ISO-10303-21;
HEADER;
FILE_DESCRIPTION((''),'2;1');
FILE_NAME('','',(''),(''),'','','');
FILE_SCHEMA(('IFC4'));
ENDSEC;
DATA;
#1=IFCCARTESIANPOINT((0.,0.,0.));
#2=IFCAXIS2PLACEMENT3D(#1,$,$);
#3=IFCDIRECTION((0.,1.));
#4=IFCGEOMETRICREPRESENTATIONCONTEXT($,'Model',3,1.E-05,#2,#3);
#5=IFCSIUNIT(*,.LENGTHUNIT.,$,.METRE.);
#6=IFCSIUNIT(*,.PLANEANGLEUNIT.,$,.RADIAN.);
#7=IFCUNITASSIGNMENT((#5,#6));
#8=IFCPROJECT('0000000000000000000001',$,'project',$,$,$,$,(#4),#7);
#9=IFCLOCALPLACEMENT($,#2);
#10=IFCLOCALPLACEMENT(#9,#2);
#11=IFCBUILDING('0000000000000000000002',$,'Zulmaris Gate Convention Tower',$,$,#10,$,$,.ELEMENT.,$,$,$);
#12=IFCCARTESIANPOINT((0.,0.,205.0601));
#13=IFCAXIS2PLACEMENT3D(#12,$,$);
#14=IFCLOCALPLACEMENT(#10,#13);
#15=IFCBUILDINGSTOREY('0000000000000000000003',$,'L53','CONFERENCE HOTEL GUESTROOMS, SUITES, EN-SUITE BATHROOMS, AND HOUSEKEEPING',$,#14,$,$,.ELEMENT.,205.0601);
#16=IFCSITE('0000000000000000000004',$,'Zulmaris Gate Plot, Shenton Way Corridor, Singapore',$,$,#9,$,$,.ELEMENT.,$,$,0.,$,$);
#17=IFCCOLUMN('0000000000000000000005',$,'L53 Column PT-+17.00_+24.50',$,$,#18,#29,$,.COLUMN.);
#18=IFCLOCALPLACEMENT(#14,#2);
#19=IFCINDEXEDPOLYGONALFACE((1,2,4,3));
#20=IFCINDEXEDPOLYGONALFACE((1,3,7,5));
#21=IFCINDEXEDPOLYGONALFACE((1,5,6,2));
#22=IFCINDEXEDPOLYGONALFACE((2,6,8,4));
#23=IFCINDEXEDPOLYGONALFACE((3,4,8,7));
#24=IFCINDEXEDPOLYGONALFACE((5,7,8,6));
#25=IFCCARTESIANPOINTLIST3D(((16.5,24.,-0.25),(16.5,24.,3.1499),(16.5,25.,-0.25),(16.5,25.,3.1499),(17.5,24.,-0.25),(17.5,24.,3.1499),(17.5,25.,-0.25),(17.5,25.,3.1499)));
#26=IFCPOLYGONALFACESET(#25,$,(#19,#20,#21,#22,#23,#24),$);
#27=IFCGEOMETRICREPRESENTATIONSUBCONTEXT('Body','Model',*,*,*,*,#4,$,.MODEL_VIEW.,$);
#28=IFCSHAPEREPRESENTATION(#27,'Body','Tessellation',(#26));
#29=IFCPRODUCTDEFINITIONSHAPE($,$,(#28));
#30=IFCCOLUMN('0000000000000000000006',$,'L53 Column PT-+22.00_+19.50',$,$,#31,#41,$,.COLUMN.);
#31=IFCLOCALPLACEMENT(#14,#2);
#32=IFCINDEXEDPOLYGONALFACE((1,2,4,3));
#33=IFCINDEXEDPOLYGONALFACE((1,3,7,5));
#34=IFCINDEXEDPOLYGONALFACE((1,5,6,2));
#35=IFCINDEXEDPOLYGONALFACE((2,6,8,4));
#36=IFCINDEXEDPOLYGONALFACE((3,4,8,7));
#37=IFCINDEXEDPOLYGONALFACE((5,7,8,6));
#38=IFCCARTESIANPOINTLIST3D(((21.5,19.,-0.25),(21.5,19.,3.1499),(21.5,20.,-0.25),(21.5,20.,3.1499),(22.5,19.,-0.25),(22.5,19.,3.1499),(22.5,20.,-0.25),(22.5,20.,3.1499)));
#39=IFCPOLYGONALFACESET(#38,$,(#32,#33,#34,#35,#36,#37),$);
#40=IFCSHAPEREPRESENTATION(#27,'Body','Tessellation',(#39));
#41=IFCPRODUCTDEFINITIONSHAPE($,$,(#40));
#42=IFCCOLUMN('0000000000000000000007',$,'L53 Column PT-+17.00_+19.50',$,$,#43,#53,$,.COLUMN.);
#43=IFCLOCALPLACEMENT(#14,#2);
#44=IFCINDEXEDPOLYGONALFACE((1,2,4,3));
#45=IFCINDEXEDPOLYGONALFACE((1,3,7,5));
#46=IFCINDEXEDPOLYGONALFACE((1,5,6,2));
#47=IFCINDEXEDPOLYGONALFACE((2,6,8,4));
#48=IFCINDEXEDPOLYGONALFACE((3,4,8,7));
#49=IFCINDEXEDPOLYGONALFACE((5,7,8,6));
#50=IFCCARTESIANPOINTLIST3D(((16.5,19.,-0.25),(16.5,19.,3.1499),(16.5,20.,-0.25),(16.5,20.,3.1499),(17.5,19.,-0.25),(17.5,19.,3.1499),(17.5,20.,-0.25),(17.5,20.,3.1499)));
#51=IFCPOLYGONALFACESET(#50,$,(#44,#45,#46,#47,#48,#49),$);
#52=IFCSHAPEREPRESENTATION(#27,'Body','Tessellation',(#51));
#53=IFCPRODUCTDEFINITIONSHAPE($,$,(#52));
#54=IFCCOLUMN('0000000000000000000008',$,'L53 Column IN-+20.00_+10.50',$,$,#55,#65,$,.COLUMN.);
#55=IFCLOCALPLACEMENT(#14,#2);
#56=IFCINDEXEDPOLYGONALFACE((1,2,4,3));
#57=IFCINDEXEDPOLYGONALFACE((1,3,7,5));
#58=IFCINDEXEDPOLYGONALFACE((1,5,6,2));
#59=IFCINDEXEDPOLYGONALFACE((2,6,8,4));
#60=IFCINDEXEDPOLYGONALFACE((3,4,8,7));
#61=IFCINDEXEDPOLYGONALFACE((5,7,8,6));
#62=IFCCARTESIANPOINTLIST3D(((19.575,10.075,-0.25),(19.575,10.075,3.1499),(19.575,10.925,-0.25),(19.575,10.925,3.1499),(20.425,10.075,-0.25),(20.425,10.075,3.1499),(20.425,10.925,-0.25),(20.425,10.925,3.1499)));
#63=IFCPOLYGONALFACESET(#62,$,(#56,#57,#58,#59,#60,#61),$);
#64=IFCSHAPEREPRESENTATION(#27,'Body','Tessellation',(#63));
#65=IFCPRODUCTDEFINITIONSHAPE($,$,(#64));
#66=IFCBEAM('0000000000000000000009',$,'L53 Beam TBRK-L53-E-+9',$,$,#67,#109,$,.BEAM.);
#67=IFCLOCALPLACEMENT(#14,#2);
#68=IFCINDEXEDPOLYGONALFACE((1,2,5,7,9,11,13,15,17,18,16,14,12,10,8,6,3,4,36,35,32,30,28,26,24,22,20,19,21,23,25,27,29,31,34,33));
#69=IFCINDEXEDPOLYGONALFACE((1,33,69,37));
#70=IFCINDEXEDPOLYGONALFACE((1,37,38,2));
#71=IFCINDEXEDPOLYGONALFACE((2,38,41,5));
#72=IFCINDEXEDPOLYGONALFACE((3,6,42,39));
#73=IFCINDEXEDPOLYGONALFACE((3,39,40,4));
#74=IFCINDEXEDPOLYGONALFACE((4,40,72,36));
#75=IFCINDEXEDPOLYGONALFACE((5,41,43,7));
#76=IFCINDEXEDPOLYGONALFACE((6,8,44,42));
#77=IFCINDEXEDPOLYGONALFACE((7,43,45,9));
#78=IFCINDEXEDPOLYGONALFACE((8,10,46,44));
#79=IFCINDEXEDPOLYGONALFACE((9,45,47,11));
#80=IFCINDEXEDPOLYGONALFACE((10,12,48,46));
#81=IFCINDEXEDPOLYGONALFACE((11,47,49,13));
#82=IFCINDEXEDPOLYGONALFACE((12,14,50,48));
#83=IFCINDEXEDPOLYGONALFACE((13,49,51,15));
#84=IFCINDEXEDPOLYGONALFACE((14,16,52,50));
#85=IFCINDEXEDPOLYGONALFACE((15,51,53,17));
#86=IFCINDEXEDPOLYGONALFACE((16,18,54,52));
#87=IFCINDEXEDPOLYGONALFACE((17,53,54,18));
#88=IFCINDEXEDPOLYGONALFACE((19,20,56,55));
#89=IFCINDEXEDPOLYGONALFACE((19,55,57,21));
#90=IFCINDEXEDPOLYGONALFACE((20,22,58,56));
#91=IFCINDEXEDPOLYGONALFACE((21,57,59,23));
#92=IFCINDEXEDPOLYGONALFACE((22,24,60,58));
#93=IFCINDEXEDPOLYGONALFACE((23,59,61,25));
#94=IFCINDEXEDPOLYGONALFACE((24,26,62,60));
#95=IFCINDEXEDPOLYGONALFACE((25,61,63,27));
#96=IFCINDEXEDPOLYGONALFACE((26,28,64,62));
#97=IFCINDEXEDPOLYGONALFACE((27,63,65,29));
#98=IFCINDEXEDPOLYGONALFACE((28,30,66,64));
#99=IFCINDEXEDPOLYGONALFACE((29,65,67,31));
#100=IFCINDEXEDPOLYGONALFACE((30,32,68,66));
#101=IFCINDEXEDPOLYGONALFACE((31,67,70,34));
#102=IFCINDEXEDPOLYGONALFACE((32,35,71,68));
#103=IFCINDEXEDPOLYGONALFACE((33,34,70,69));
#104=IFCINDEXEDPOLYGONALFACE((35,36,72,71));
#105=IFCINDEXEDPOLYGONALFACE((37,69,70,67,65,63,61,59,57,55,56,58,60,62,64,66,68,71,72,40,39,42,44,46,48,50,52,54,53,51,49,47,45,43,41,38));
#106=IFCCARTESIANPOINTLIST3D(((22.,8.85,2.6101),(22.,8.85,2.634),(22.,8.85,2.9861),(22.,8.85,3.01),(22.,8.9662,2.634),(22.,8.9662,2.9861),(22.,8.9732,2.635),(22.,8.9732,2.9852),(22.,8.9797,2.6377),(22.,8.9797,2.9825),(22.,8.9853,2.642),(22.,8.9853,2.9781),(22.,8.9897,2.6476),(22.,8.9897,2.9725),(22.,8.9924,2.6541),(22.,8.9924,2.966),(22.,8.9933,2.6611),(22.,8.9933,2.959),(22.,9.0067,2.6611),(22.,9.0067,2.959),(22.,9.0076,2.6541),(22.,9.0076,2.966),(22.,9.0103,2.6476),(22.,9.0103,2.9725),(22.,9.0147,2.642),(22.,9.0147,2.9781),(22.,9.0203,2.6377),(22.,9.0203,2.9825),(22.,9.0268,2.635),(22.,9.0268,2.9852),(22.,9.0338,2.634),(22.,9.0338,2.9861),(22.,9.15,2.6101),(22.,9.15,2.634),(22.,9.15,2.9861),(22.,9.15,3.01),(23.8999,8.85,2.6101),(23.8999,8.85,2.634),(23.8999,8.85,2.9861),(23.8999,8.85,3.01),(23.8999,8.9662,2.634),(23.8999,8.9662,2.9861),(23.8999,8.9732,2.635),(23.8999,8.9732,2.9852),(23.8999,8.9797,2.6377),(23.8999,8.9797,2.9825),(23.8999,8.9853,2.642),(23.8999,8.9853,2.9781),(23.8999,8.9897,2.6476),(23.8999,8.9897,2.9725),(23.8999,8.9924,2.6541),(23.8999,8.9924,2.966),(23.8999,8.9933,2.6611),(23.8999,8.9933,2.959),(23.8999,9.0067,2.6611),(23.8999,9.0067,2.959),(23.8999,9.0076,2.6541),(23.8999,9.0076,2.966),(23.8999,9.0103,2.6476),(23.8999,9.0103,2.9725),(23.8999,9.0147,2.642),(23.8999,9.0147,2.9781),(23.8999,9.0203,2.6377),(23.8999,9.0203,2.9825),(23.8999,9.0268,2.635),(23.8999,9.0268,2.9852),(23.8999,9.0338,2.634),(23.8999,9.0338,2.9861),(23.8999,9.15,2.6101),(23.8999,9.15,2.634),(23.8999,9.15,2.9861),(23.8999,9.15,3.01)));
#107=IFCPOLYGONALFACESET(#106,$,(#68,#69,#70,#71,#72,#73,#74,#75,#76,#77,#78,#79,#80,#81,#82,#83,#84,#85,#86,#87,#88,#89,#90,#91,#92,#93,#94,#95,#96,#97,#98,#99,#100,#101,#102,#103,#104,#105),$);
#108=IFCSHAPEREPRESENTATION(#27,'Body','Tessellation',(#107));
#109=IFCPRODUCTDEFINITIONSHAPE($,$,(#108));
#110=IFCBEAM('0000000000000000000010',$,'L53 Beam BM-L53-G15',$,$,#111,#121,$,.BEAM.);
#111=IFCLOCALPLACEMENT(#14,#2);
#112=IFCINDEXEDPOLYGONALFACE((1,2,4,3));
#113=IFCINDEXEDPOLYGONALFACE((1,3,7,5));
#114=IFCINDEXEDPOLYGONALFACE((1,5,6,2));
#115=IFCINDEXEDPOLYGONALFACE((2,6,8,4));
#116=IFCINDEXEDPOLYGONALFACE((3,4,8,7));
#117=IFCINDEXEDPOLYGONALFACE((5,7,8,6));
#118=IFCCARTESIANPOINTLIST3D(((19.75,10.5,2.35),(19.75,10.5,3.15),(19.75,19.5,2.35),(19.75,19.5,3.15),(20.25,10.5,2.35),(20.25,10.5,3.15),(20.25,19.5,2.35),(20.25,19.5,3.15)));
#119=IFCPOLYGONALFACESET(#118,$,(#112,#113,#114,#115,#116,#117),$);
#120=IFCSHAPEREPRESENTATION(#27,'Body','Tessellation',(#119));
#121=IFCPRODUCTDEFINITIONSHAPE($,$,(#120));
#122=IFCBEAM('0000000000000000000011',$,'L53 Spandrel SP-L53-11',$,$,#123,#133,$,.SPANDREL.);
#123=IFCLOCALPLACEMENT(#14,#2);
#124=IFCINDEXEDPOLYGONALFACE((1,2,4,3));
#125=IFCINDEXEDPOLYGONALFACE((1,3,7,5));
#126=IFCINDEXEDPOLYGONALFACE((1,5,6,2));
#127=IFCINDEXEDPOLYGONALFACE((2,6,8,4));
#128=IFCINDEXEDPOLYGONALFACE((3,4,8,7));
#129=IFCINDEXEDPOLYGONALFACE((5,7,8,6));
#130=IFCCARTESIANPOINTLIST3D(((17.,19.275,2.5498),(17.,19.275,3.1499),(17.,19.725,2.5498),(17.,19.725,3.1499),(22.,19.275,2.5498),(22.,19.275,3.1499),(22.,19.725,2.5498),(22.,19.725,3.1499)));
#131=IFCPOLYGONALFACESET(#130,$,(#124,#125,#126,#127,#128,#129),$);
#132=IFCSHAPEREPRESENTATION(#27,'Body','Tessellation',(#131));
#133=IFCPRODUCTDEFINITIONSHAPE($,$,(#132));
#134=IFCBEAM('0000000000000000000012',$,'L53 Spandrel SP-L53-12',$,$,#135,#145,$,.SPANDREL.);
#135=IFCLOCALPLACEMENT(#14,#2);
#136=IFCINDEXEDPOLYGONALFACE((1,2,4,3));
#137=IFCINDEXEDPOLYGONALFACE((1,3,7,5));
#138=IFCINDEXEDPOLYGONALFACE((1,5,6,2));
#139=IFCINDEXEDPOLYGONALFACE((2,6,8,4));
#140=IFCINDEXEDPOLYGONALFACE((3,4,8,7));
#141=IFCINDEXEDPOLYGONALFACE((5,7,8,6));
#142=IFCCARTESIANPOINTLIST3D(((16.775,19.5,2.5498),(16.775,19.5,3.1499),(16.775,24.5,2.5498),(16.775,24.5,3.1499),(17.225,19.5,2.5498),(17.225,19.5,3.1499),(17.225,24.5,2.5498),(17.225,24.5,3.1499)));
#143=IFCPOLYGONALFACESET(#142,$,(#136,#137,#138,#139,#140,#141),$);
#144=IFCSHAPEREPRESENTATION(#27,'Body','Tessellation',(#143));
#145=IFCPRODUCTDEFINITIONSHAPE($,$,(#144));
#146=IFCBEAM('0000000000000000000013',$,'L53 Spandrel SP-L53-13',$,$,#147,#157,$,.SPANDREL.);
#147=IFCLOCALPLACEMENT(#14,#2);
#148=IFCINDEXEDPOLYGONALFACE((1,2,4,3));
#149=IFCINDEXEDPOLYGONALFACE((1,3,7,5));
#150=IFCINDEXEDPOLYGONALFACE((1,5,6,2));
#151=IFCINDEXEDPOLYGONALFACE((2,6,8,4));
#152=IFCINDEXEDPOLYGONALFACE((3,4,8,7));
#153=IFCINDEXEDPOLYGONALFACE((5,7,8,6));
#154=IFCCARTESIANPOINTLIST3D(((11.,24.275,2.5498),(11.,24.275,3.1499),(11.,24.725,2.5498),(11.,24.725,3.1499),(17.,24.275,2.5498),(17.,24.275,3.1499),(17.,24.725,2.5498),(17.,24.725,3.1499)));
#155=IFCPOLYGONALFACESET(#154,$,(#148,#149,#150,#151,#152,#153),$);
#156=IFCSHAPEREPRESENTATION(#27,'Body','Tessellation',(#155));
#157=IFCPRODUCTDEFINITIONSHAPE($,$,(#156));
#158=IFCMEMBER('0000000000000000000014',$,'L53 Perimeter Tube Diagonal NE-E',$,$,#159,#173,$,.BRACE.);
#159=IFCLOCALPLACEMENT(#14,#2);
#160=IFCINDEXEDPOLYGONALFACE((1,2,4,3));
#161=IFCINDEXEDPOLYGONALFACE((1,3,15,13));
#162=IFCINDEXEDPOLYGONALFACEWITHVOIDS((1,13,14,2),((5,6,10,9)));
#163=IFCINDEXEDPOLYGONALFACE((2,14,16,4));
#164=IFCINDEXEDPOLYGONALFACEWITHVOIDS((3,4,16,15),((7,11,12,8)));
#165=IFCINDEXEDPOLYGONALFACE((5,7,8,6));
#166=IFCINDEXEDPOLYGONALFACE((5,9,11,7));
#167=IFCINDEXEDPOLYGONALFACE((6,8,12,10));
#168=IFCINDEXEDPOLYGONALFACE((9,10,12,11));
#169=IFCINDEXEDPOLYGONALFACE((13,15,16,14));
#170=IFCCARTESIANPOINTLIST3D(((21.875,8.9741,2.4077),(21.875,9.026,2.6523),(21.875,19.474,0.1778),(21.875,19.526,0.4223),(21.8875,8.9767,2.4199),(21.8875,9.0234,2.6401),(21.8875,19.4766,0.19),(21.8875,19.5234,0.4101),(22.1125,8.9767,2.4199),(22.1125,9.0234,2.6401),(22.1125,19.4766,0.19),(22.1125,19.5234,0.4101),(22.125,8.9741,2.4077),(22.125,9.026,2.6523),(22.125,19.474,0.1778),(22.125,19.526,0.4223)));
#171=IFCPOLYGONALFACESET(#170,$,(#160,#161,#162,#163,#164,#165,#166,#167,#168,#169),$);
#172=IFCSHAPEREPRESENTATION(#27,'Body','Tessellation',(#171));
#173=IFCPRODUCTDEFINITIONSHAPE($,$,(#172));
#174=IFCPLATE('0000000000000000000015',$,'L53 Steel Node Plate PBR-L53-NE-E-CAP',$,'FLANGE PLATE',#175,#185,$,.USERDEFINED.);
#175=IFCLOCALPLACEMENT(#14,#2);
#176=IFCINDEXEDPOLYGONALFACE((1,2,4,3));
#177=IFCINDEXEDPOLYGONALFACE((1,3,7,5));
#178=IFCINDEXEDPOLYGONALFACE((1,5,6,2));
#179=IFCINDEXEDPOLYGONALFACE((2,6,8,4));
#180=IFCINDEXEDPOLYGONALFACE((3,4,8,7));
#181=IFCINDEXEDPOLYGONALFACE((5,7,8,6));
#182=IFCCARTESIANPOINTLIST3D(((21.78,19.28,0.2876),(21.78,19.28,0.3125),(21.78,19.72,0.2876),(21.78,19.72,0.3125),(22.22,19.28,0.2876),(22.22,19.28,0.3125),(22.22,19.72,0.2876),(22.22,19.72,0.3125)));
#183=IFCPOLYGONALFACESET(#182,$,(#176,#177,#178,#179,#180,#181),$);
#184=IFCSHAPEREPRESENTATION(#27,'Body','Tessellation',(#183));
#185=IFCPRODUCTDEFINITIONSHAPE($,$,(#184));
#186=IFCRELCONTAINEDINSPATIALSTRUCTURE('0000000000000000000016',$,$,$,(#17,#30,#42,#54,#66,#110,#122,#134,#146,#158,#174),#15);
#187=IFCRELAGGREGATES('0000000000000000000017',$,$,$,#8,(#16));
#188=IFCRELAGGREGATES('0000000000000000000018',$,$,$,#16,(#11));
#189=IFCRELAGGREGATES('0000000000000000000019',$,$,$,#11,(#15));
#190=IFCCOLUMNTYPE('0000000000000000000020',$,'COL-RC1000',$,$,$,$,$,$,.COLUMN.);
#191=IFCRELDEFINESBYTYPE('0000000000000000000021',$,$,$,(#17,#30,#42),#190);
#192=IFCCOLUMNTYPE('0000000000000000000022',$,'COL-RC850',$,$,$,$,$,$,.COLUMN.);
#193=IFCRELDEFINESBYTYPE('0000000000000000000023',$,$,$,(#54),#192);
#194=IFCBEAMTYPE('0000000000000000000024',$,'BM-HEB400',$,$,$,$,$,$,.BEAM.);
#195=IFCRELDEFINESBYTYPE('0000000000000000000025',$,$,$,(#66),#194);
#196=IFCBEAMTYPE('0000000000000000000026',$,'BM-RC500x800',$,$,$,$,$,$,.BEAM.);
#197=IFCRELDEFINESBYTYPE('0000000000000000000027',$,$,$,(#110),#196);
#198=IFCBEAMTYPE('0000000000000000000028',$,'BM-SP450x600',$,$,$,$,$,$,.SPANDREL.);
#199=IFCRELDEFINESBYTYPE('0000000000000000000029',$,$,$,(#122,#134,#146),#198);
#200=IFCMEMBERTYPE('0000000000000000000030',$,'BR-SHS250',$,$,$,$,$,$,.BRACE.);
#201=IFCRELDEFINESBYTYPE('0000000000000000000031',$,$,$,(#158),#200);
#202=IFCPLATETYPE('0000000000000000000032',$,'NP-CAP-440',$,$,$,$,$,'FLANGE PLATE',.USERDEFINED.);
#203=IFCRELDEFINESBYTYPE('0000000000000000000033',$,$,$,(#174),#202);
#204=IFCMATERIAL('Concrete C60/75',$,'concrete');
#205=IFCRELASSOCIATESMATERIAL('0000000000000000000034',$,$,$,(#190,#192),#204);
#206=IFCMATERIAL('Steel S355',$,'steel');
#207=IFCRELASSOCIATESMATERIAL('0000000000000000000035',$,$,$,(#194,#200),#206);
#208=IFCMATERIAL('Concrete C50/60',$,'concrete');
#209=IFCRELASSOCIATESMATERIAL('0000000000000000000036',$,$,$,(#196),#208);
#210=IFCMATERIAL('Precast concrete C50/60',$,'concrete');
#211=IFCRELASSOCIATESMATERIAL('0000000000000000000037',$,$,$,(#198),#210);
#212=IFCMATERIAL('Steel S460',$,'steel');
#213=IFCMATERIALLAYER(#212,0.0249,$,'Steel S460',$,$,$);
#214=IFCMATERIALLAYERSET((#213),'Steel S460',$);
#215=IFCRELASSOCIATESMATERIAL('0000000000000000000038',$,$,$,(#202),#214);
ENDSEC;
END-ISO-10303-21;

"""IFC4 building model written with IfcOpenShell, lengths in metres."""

from ifc_helpers import new_model, si_unit, direction, frame, origin, origin_2d, place, context, subcontext, project, spatial, rectangle, hollow_rectangle, i_section, extrude, material, layer, layer_set, material_profile, profile_set, type_object, element, save


model = new_model("IFC4")

# Units and contexts
model_context = context("Model", 3, precision=1e-05, world=origin(), true_north=direction((0.0, 1.0)))
body_context = subcontext(model_context, "Body", "Model", "MODEL_VIEW")
ifc_project = project(units=[si_unit("LENGTHUNIT", "METRE"), si_unit("PLANEANGLEUNIT", "RADIAN")], contexts=[model_context])

# Site, building, storey
site_placement = place(None, origin())
site = spatial("IfcSite", under=ifc_project, at=site_placement, Name="Zulmaris Gate Plot, Shenton Way Corridor, Singapore", CompositionType="ELEMENT", RefElevation=0.0)
building_placement = place(site_placement, origin())
building = spatial("IfcBuilding", under=site, at=building_placement, Name="Zulmaris Gate Convention Tower", CompositionType="ELEMENT")
storey_placement = place(building_placement, frame((0.0, 0.0, 205.0601)))
storey = spatial("IfcBuildingStorey", under=building, at=storey_placement, Name="L53", Description="CONFERENCE HOTEL GUESTROOMS, SUITES, EN-SUITE BATHROOMS, AND HOUSEKEEPING", CompositionType="ELEMENT", Elevation=205.0601)

# Columns
ifc_material_1 = material(Name="Concrete C60/75", Category="concrete")
ifc_material_profile_1 = material_profile(ifc_material_1, rectangle(XDim=1.0, YDim=1.0, at=origin_2d()), Name="RC COL 1000x1000")
ifc_profile_set_1 = profile_set([ifc_material_profile_1], Name="Concrete C60/75")
column_type_1 = type_object("IfcColumnType", Name="COL-RC1000", PredefinedType="COLUMN", material=ifc_profile_set_1)
for number, where, z_axis, x_axis, name in (
    (1, (17.0, 24.5, -0.25), (0.0, 0.0, 1.0), (1.0, 0.0, 0.0), "L53 Column PT-+17.00_+24.50"),
    (2, (22.0, 19.5, -0.25), (0.0, 0.0, 1.0), (1.0, 0.0, 0.0), "L53 Column PT-+22.00_+19.50"),
    (3, (17.0, 19.5, -0.25), (0.0, 0.0, 1.0), (1.0, 0.0, 0.0), "L53 Column PT-+17.00_+19.50"),
):
    element("IfcColumn", number, at=place(storey_placement, frame(where, z_axis=z_axis, x_axis=x_axis)), inside=storey, type_object=column_type_1, Name=name, PredefinedType="COLUMN", context=body_context, shape_type="SweptSolid", body=[
        extrude(rectangle(XDim=1.0, YDim=1.0, at=origin_2d()), origin(), (0.0, 0.0, 1.0), 3.3999),
    ])
ifc_material_profile_2 = material_profile(ifc_material_1, rectangle(XDim=0.8501, YDim=0.8501, at=origin_2d()), Name="RC COL 850x850")
ifc_profile_set_2 = profile_set([ifc_material_profile_2], Name="Concrete C60/75")
column_type_2 = type_object("IfcColumnType", Name="COL-RC850", PredefinedType="COLUMN", material=ifc_profile_set_2)
column_placement = place(storey_placement, frame((20.0, 10.5, -0.25), z_axis=(0.0, 0.0, 1.0), x_axis=(1.0, 0.0, 0.0)))
element("IfcColumn", 4, at=column_placement, inside=storey, type_object=column_type_2, Name="L53 Column IN-+20.00_+10.50", PredefinedType="COLUMN", context=body_context, shape_type="SweptSolid", body=[
    extrude(rectangle(XDim=0.8501, YDim=0.8501, at=origin_2d()), origin(), (0.0, 0.0, 1.0), 3.3999),
])

# Beams
ifc_material_2 = material(Name="Steel S355", Category="steel")
ifc_material_profile_3 = material_profile(ifc_material_2, i_section(OverallWidth=0.3, OverallDepth=0.3999, WebThickness=0.0134, FlangeThickness=0.0239, FilletRadius=0.0271, at=origin_2d()), Name="HEB 400")
ifc_profile_set_3 = profile_set([ifc_material_profile_3], Name="Steel S355")
beam_type_1 = type_object("IfcBeamType", Name="BM-HEB400", PredefinedType="BEAM", material=ifc_profile_set_3)
beam_1_placement = place(storey_placement, frame((22.0, 9.0, 2.8101), z_axis=(1.0, 0.0, 0.0), x_axis=(0.0, 1.0, 0.0)))
element("IfcBeam", 5, at=beam_1_placement, inside=storey, type_object=beam_type_1, Name="L53 Beam TBRK-L53-E-+9", PredefinedType="BEAM", context=body_context, shape_type="SweptSolid", body=[
    extrude(i_section(OverallWidth=0.3, OverallDepth=0.3999, WebThickness=0.0134, FlangeThickness=0.0239, FilletRadius=0.0271, at=origin_2d()), origin(), (0.0, 0.0, 1.0), 1.8999),
])
ifc_material_3 = material(Name="Concrete C50/60", Category="concrete")
ifc_material_profile_4 = material_profile(ifc_material_3, rectangle(XDim=0.5, YDim=0.8, at=origin_2d()), Name="RC BEAM 500x800")
ifc_profile_set_4 = profile_set([ifc_material_profile_4], Name="Concrete C50/60")
beam_type_2 = type_object("IfcBeamType", Name="BM-RC500x800", PredefinedType="BEAM", material=ifc_profile_set_4)
beam_2_placement = place(storey_placement, frame((20.0, 10.5, 2.75), z_axis=(0.0, 1.0, 0.0), x_axis=(-1.0, 0.0, 0.0)))
element("IfcBeam", 6, at=beam_2_placement, inside=storey, type_object=beam_type_2, Name="L53 Beam BM-L53-G15", PredefinedType="BEAM", context=body_context, shape_type="SweptSolid", body=[
    extrude(rectangle(XDim=0.5, YDim=0.8, at=origin_2d()), origin(), (0.0, 0.0, 1.0), 9.0),
])
ifc_material_4 = material(Name="Precast concrete C50/60", Category="concrete")
ifc_material_profile_5 = material_profile(ifc_material_4, rectangle(XDim=0.45, YDim=0.6001, at=origin_2d()), Name="RC SPANDREL 450x600")
ifc_profile_set_5 = profile_set([ifc_material_profile_5], Name="Precast concrete C50/60")
beam_type_3 = type_object("IfcBeamType", Name="BM-SP450x600", PredefinedType="SPANDREL", material=ifc_profile_set_5)
for number, where, z_axis, x_axis, name in (
    (7, (22.0, 19.5, 2.8499), (-1.0, 0.0, 0.0), (0.0, -1.0, 0.0), "L53 Spandrel SP-L53-11"),
    (8, (17.0, 19.5, 2.8499), (0.0, 1.0, 0.0), (-1.0, 0.0, 0.0), "L53 Spandrel SP-L53-12"),
):
    element("IfcBeam", number, at=place(storey_placement, frame(where, z_axis=z_axis, x_axis=x_axis)), inside=storey, type_object=beam_type_3, Name=name, PredefinedType="SPANDREL", context=body_context, shape_type="SweptSolid", body=[
        extrude(rectangle(XDim=0.45, YDim=0.6001, at=origin_2d()), origin(), (0.0, 0.0, 1.0), 5.0),
    ])
beam_3_placement = place(storey_placement, frame((17.0, 24.5, 2.8499), z_axis=(-1.0, 0.0, 0.0), x_axis=(0.0, -1.0, 0.0)))
element("IfcBeam", 9, at=beam_3_placement, inside=storey, type_object=beam_type_3, Name="L53 Spandrel SP-L53-13", PredefinedType="SPANDREL", context=body_context, shape_type="SweptSolid", body=[
    extrude(rectangle(XDim=0.45, YDim=0.6001, at=origin_2d()), origin(), (0.0, 0.0, 1.0), 6.0),
])

# Member
ifc_material_profile_6 = material_profile(ifc_material_2, hollow_rectangle(XDim=0.25, YDim=0.25, WallThickness=0.0125, at=origin_2d()), Name="SHS 250x250x12.5")
ifc_profile_set_6 = profile_set([ifc_material_profile_6], Name="Steel S355")
member_type = type_object("IfcMemberType", Name="BR-SHS250", PredefinedType="BRACE", material=ifc_profile_set_6)
member_placement = place(storey_placement, frame((22.0, 19.5, 0.3), z_axis=(0.0, -0.978183, 0.207746), x_axis=(1.0, 0.0, 0.0)))
element("IfcMember", 10, at=member_placement, inside=storey, type_object=member_type, Name="L53 Perimeter Tube Diagonal NE-E", PredefinedType="BRACE", context=body_context, shape_type="SweptSolid", body=[
    extrude(hollow_rectangle(XDim=0.25, YDim=0.25, WallThickness=0.0125, at=origin_2d()), origin(), (0.0, 0.0, 1.0), 10.7341),
])

# Plate
ifc_material_5 = material(Name="Steel S460", Category="steel")
ifc_layer_1 = layer(ifc_material_5, 0.0249, Name="Steel S460")
ifc_layer_set_1 = layer_set([ifc_layer_1], Name="Steel S460")
plate_type = type_object("IfcPlateType", Name="NP-CAP-440", ElementType="FLANGE PLATE", PredefinedType="USERDEFINED", material=ifc_layer_set_1)
for number, where, z_axis, x_axis, name in (
    (11, (22.0, 19.5, 0.2876), (0.0, 0.0, 1.0), (1.0, 0.0, 0.0), "L53 Steel Node Plate PBR-L53-NE-E-CAP"),
):
    element("IfcPlate", number, at=place(storey_placement, frame(where, z_axis=z_axis, x_axis=x_axis)), inside=storey, type_object=plate_type, Name=name, ObjectType="FLANGE PLATE", PredefinedType="USERDEFINED", context=body_context, shape_type="SweptSolid", body=[
        extrude(rectangle(XDim=0.4399, YDim=0.4399, at=origin_2d()), origin(), (0.0, 0.0, 1.0), 0.0249),
    ])

save(model, "model.ifc")
